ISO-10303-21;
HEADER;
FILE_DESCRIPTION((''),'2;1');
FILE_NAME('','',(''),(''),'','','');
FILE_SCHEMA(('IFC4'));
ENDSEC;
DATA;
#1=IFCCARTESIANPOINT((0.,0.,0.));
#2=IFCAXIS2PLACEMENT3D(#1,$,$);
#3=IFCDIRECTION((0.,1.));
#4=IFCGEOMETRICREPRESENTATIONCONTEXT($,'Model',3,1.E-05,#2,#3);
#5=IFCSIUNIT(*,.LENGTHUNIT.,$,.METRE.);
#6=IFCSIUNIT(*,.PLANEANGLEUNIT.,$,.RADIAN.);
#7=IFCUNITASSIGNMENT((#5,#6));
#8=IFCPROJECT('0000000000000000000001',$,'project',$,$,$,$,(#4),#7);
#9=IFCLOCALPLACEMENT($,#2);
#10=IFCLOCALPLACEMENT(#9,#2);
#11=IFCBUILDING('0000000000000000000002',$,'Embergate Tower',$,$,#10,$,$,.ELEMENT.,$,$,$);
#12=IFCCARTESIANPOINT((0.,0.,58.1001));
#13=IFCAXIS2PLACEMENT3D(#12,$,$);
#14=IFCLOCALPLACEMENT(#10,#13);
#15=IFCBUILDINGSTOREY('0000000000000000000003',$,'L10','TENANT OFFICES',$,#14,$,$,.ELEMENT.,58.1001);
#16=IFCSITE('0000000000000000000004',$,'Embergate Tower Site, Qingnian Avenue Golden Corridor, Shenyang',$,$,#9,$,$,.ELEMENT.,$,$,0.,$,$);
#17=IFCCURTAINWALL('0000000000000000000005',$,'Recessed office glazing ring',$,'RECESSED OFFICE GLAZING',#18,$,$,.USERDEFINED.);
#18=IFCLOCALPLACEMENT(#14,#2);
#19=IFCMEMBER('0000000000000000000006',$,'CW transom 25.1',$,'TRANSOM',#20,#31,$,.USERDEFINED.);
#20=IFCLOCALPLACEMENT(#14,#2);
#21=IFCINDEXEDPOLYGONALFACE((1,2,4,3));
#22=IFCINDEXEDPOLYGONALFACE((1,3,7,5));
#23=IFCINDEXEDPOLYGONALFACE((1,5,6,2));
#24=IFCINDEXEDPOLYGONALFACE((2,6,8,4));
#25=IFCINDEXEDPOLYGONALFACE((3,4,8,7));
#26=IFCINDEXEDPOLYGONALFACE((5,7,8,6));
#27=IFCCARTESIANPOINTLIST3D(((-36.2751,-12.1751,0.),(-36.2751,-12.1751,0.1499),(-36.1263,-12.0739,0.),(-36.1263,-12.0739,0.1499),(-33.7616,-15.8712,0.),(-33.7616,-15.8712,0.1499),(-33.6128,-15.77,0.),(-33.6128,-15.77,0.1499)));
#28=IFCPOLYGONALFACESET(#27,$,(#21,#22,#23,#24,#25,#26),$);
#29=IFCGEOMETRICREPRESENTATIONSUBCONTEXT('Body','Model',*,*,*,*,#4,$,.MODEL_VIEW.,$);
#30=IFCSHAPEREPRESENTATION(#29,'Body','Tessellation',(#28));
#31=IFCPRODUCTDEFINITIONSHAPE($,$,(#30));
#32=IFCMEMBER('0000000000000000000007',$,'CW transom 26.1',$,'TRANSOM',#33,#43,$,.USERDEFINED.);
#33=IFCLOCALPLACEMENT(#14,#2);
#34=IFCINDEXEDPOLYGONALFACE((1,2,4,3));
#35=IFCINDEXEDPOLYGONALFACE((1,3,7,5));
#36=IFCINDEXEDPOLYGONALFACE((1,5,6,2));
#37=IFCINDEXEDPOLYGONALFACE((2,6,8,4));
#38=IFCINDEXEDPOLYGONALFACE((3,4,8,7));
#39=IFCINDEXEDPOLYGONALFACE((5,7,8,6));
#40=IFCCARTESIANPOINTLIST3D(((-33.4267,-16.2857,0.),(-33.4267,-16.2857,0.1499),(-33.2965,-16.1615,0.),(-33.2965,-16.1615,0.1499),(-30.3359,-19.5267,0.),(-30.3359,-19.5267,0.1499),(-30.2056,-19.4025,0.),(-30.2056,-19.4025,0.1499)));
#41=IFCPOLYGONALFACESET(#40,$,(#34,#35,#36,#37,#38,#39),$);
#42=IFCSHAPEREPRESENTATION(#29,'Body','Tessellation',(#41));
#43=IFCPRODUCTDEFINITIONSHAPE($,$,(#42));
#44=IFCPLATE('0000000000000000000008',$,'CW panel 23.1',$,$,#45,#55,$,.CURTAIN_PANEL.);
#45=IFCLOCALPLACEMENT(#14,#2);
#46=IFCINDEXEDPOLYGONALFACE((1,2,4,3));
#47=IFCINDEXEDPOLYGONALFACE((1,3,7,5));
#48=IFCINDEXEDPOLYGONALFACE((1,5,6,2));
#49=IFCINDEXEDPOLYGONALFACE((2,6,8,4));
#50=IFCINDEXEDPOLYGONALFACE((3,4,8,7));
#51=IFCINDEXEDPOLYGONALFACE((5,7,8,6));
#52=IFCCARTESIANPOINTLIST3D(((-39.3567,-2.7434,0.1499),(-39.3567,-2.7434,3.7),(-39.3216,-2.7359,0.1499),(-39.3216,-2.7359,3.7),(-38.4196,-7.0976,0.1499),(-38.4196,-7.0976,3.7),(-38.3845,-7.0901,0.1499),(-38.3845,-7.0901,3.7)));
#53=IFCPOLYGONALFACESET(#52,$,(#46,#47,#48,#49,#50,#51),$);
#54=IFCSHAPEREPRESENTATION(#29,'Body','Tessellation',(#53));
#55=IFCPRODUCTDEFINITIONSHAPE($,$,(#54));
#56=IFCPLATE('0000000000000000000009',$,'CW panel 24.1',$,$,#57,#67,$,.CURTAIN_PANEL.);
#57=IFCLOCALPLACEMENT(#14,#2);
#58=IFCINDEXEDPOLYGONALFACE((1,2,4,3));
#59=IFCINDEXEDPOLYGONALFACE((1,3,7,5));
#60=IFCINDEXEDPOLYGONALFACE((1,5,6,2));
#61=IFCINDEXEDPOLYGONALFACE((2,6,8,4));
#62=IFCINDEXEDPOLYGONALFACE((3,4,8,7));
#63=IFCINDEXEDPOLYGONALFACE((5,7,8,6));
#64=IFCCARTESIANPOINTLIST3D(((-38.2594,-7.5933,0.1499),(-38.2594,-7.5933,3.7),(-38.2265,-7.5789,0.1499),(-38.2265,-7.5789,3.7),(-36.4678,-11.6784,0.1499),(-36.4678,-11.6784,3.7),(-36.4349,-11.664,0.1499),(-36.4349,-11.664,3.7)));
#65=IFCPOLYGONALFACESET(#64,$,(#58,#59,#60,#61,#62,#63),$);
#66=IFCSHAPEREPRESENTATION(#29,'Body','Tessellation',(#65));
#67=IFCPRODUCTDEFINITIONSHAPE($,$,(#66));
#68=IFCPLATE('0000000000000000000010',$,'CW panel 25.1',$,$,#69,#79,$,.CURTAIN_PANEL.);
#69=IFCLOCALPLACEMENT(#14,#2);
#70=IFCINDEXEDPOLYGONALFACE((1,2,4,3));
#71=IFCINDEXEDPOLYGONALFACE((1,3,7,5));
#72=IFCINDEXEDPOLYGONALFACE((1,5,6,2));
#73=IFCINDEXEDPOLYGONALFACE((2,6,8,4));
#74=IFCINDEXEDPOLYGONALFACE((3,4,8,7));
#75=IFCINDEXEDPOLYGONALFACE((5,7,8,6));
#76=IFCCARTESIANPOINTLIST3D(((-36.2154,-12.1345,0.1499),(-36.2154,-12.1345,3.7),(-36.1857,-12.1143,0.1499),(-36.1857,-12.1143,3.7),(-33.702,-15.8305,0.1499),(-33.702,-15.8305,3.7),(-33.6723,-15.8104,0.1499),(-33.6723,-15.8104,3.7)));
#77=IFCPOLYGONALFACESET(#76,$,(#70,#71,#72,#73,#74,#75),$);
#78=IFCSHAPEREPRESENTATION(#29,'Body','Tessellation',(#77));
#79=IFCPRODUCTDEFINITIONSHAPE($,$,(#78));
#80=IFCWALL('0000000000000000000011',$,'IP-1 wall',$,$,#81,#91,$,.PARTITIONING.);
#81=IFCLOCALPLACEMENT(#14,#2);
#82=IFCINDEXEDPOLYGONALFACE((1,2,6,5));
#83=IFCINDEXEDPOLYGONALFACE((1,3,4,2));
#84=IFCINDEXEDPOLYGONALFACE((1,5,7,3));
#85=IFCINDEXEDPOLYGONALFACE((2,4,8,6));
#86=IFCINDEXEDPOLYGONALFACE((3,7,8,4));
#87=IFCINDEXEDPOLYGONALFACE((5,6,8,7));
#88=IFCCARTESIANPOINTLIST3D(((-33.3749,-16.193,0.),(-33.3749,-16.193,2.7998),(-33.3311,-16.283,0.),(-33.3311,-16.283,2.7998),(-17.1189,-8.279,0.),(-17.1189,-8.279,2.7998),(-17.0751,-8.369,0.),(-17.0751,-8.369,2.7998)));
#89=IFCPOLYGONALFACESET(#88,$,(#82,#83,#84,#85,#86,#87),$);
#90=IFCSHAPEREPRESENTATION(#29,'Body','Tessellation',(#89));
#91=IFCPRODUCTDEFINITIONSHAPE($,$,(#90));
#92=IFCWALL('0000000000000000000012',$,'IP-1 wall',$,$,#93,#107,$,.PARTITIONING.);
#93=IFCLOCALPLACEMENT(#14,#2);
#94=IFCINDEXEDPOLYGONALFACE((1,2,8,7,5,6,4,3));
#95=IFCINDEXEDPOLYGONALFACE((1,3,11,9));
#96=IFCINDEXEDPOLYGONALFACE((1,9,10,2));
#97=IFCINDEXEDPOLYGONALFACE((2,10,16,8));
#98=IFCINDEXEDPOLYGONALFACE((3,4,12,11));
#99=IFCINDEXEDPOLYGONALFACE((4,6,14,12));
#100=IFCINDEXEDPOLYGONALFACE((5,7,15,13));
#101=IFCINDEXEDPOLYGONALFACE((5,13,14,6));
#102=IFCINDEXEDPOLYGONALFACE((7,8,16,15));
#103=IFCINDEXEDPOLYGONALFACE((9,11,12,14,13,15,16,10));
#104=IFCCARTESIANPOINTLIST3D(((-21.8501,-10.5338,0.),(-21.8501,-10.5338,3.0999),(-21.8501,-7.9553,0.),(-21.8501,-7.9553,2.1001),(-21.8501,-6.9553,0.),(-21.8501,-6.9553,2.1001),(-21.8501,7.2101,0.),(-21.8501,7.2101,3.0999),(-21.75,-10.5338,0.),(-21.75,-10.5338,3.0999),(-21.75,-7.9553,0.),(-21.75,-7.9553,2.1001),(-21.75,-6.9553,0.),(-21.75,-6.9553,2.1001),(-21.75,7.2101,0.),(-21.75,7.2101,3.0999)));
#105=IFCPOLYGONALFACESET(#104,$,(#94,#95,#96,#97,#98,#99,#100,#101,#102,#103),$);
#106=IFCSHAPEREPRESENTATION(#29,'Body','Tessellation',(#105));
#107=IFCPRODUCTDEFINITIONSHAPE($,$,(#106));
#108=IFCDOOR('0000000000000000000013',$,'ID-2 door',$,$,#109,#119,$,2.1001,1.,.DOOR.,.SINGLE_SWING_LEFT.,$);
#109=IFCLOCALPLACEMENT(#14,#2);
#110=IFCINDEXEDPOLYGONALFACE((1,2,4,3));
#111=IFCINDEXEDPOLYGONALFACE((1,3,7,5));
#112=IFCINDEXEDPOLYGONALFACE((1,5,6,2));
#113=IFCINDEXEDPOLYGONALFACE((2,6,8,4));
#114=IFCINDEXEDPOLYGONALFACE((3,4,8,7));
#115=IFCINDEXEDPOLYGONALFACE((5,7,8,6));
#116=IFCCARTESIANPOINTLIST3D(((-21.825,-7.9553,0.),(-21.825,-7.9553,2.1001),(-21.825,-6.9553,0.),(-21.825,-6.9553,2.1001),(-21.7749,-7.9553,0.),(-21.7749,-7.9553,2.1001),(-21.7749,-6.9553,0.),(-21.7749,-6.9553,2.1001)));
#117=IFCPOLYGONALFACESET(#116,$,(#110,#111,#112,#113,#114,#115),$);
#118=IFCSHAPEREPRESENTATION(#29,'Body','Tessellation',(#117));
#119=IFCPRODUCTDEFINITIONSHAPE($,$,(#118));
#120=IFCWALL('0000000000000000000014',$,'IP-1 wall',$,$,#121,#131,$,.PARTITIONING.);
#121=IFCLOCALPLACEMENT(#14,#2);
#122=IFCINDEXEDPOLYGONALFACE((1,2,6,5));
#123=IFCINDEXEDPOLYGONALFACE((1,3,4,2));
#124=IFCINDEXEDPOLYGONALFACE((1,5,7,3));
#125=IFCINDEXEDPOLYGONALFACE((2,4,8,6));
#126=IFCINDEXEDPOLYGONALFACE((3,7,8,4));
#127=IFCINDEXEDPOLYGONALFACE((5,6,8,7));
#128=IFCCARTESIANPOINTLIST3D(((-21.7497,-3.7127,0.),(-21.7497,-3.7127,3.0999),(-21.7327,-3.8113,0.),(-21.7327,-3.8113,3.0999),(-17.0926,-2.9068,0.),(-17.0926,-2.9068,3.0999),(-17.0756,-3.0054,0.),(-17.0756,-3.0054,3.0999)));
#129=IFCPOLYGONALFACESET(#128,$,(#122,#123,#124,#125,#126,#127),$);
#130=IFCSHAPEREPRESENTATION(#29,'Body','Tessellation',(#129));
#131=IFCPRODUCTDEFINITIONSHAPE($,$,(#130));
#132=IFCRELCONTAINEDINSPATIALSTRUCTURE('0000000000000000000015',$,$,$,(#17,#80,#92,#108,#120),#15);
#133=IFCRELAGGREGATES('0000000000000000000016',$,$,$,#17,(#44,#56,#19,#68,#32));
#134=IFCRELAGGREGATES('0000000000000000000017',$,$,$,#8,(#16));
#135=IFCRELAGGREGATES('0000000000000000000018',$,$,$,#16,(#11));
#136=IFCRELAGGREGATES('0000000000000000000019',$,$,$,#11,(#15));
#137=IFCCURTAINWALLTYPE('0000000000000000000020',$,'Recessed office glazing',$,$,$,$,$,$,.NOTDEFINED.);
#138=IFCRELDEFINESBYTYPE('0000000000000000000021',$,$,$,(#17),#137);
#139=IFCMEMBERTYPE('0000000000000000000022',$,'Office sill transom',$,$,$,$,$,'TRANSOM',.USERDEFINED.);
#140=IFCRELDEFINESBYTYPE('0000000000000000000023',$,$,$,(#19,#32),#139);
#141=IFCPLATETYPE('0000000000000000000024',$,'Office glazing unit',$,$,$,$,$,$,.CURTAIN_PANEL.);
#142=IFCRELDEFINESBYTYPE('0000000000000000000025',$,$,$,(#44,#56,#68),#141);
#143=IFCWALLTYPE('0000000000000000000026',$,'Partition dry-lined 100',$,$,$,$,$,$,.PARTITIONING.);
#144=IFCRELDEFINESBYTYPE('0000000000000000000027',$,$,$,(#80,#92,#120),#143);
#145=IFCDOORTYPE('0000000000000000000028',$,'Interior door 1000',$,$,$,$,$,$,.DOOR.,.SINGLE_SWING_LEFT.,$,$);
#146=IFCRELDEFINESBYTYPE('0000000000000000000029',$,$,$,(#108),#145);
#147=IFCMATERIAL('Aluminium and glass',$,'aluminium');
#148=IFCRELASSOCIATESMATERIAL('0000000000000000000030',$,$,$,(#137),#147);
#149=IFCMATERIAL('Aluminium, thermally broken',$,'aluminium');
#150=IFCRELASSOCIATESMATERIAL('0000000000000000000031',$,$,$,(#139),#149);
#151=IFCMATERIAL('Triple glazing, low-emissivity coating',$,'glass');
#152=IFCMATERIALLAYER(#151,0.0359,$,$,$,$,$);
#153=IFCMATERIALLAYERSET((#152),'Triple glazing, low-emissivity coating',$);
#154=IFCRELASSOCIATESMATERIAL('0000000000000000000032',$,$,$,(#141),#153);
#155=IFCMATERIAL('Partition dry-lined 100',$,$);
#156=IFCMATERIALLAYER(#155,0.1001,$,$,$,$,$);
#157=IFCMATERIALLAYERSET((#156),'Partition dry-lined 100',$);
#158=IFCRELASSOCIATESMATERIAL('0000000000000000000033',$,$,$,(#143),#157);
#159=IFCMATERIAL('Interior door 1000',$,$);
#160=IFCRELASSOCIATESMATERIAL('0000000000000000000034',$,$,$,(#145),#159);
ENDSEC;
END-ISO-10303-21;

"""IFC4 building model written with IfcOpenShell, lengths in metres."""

from ifc_helpers import new_model, si_unit, direction, frame, frame_2d, origin, origin_2d, place, context, subcontext, project, spatial, rectangle, extrude, source, transform, mapped, material, layer, layer_set, material_profile, profile_set, type_object, element, fill, aggregate, save


model = new_model("IFC4")

# Units and contexts
model_context = context("Model", 3, precision=1e-05, world=origin(), true_north=direction((0.0, 1.0)))
body_context = subcontext(model_context, "Body", "Model", "MODEL_VIEW")
ifc_project = project(units=[si_unit("LENGTHUNIT", "METRE"), si_unit("PLANEANGLEUNIT", "RADIAN")], contexts=[model_context])

# Site, building, storey
site_placement = place(None, origin())
site = spatial("IfcSite", under=ifc_project, at=site_placement, Name="Embergate Tower Site, Qingnian Avenue Golden Corridor, Shenyang", CompositionType="ELEMENT", RefElevation=0.0)
building_placement = place(site_placement, origin())
building = spatial("IfcBuilding", under=site, at=building_placement, Name="Embergate Tower", CompositionType="ELEMENT")
storey_placement = place(building_placement, frame((0.0, 0.0, 58.1001)))
storey = spatial("IfcBuildingStorey", under=building, at=storey_placement, Name="L10", Description="TENANT OFFICES", CompositionType="ELEMENT", Elevation=58.1001)

# Curtain wall, members, plates
ifc_material_1 = material(Name="Aluminium and glass", Category="aluminium")
curtain_wall_type = type_object("IfcCurtainWallType", Name="Recessed office glazing", PredefinedType="NOTDEFINED", material=ifc_material_1)
curtain_wall_placement = place(storey_placement, origin())
curtain_wall = element("IfcCurtainWall", 1, at=curtain_wall_placement, inside=storey, type_object=curtain_wall_type, Name="Recessed office glazing ring", ObjectType="RECESSED OFFICE GLAZING", PredefinedType="USERDEFINED")
ifc_material_2 = material(Name="Aluminium, thermally broken", Category="aluminium")
ifc_material_profile_1 = material_profile(ifc_material_2, rectangle(XDim=0.1799, YDim=0.1499, at=origin_2d()), Name="AL 150x180")
ifc_profile_set_1 = profile_set([ifc_material_profile_1], Name="Aluminium, thermally broken")
member_type_1 = type_object("IfcMemberType", Name="Office sill transom", ElementType="TRANSOM", PredefinedType="USERDEFINED", material=ifc_profile_set_1)
shared_shape_1 = source(origin(), body_context, "Body", "SweptSolid", [
    extrude(rectangle(XDim=0.1799, YDim=0.1499, at=origin_2d()), origin(), (0.0, 0.0, 1.0), 4.4697),
])
member_1_placement = place(storey_placement, frame((-36.2007, -12.1245, 0.075), z_axis=(0.562328, -0.826914, 0.0), x_axis=(0.826914, 0.562328, 0.0)))
member_1 = element("IfcMember", 2, at=member_1_placement, type_object=member_type_1, Name="CW transom 25.1", ObjectType="TRANSOM", PredefinedType="USERDEFINED", context=body_context, shape_type="MappedRepresentation", body=[
    mapped(shared_shape_1, transform((0.0, 0.0, 0.0))),
])
shared_shape_2 = source(origin(), body_context, "Body", "SweptSolid", [
    extrude(rectangle(XDim=0.1799, YDim=0.1499, at=origin_2d()), origin(), (0.0, 0.0, 1.0), 4.4785),
])
member_2_placement = place(storey_placement, frame((-33.3616, -16.2236, 0.075), z_axis=(0.690145, -0.723671, 0.0), x_axis=(0.723671, 0.690145, 0.0)))
member_2 = element("IfcMember", 3, at=member_2_placement, type_object=member_type_1, Name="CW transom 26.1", ObjectType="TRANSOM", PredefinedType="USERDEFINED", context=body_context, shape_type="MappedRepresentation", body=[
    mapped(shared_shape_2, transform((0.0, 0.0, 0.0))),
])
ifc_material_3 = material(Name="Triple glazing, low-emissivity coating", Category="glass")
ifc_layer_1 = layer(ifc_material_3, 0.0359)
ifc_layer_set_1 = layer_set([ifc_layer_1], Name="Triple glazing, low-emissivity coating")
plate_type = type_object("IfcPlateType", Name="Office glazing unit", PredefinedType="CURTAIN_PANEL", material=ifc_layer_set_1)
shared_shape_3 = source(origin(), body_context, "Body", "SweptSolid", [
    extrude(rectangle(XDim=4.4539, YDim=0.0359, at=origin_2d()), origin(), (0.0, 0.0, 1.0), 3.55),
])
plate_1_placement = place(storey_placement, frame((-38.8706, -4.9167, 0.1499), z_axis=(0.0, 0.0, 1.0), x_axis=(0.210392, -0.977617, 0.0)))
plate_1 = element("IfcPlate", 4, at=plate_1_placement, type_object=plate_type, Name="CW panel 23.1", PredefinedType="CURTAIN_PANEL", context=body_context, shape_type="MappedRepresentation", body=[
    mapped(shared_shape_3, transform((0.0, 0.0, 0.0))),
])
shared_shape_4 = source(origin(), body_context, "Body", "SweptSolid", [
    extrude(rectangle(XDim=4.4607, YDim=0.0359, at=origin_2d()), origin(), (0.0, 0.0, 1.0), 3.55),
])
plate_2_placement = place(storey_placement, frame((-37.3472, -9.6287, 0.1499), z_axis=(0.0, 0.0, 1.0), x_axis=(0.401644, -0.915796, 0.0)))
plate_2 = element("IfcPlate", 5, at=plate_2_placement, type_object=plate_type, Name="CW panel 24.1", PredefinedType="CURTAIN_PANEL", context=body_context, shape_type="MappedRepresentation", body=[
    mapped(shared_shape_4, transform((0.0, 0.0, 0.0))),
])
shared_shape_5 = source(origin(), body_context, "Body", "SweptSolid", [
    extrude(rectangle(XDim=4.4697, YDim=0.0359, at=origin_2d()), origin(), (0.0, 0.0, 1.0), 3.55),
])
plate_3_placement = place(storey_placement, frame((-34.9438, -13.9724, 0.1499), z_axis=(0.0, 0.0, 1.0), x_axis=(0.562332, -0.826912, 0.0)))
plate_3 = element("IfcPlate", 6, at=plate_3_placement, type_object=plate_type, Name="CW panel 25.1", PredefinedType="CURTAIN_PANEL", context=body_context, shape_type="MappedRepresentation", body=[
    mapped(shared_shape_5, transform((0.0, 0.0, 0.0))),
])
aggregate(curtain_wall, [plate_1, plate_2, member_1, plate_3, member_2])

# Wall
ifc_material_4 = material(Name="Partition dry-lined 100")
ifc_layer_2 = layer(ifc_material_4, 0.1001)
ifc_layer_set_2 = layer_set([ifc_layer_2], Name="Partition dry-lined 100")
wall_type = type_object("IfcWallType", Name="Partition dry-lined 100", PredefinedType="PARTITIONING", material=ifc_layer_set_2)
shared_shape_6 = source(origin(), body_context, "Body", "SweptSolid", [
    extrude(rectangle(XDim=18.0801, YDim=0.1001, at=frame_2d((9.04, 0.0))), origin(), (0.0, 0.0, 1.0), 2.7998),
])
wall_1_placement = place(storey_placement, frame((-33.353, -16.238, 0.0), z_axis=(0.0, 0.0, 1.0), x_axis=(0.899111, 0.43772, 0.0)))
element("IfcWall", 7, at=wall_1_placement, inside=storey, type_object=wall_type, Name="IP-1 wall", PredefinedType="PARTITIONING", context=body_context, shape_type="MappedRepresentation", body=[
    mapped(shared_shape_6, transform((0.0, 0.0, 0.0))),
])

# Wall, opening, door
shared_shape_7 = source(origin(), body_context, "Body", "SweptSolid", [
    extrude(rectangle(XDim=17.7439, YDim=0.1001, at=frame_2d((8.8721, 0.0))), origin(), (0.0, 0.0, 1.0), 3.0999),
])
wall_2_placement = place(storey_placement, frame((-21.8, -10.5339, 0.0), z_axis=(0.0, 0.0, 1.0), x_axis=(0.0, 1.0, 0.0)))
wall_2 = element("IfcWall", 8, at=wall_2_placement, inside=storey, type_object=wall_type, Name="IP-1 wall", PredefinedType="PARTITIONING", context=body_context, shape_type="MappedRepresentation", body=[
    mapped(shared_shape_7, transform((0.0, 0.0, 0.0))),
])
shared_shape_8 = source(origin(), body_context, "Body", "SweptSolid", [
    extrude(rectangle(XDim=1.0, YDim=2.1001, at=frame_2d((0.5, 1.05))), frame((0.0, 0.0601, 0.0), z_axis=(0.0, -1.0, 0.0), x_axis=(1.0, 0.0, 0.0)), (0.0, 0.0, 1.0), 0.1201),
])
opening_placement = place(wall_2_placement, frame((2.5786, 0.0, 0.0)))
opening = element("IfcOpeningElement", 9, at=opening_placement, cuts=wall_2, PredefinedType="OPENING", context=body_context, shape_type="MappedRepresentation", body=[
    mapped(shared_shape_8, transform((0.0, 0.0, 0.0))),
])
ifc_material_5 = material(Name="Interior door 1000")
door_type = type_object("IfcDoorType", Name="Interior door 1000", OperationType="SINGLE_SWING_LEFT", PredefinedType="DOOR", material=ifc_material_5)
shared_shape_9 = source(origin(), body_context, "Body", "SweptSolid", [
    extrude(rectangle(XDim=1.0, YDim=2.1001, at=frame_2d((0.5, 1.05))), frame((0.0, 0.0249, 0.0), z_axis=(0.0, -1.0, 0.0), x_axis=(1.0, 0.0, 0.0)), (0.0, 0.0, 1.0), 0.05),
])
door_placement = place(opening_placement, origin())
door = element("IfcDoor", 10, at=door_placement, inside=storey, type_object=door_type, Name="ID-2 door", OperationType="SINGLE_SWING_LEFT", OverallHeight=2.1001, OverallWidth=1.0, PredefinedType="DOOR", context=body_context, shape_type="MappedRepresentation", body=[
    mapped(shared_shape_9, transform((0.0, 0.0, 0.0))),
])
fill(opening, door)

# Wall
shared_shape_10 = source(origin(), body_context, "Body", "SweptSolid", [
    extrude(rectangle(XDim=4.7263, YDim=0.1001, at=frame_2d((2.3633, 0.0))), origin(), (0.0, 0.0, 1.0), 3.0999),
])
wall_3_placement = place(storey_placement, frame((-17.084, -2.9561, 0.0), z_axis=(0.0, 0.0, 1.0), x_axis=(-0.985354, -0.170519, 0.0)))
element("IfcWall", 11, at=wall_3_placement, inside=storey, type_object=wall_type, Name="IP-1 wall", PredefinedType="PARTITIONING", context=body_context, shape_type="MappedRepresentation", body=[
    mapped(shared_shape_10, transform((0.0, 0.0, 0.0))),
])

save(model, "model.ifc")
